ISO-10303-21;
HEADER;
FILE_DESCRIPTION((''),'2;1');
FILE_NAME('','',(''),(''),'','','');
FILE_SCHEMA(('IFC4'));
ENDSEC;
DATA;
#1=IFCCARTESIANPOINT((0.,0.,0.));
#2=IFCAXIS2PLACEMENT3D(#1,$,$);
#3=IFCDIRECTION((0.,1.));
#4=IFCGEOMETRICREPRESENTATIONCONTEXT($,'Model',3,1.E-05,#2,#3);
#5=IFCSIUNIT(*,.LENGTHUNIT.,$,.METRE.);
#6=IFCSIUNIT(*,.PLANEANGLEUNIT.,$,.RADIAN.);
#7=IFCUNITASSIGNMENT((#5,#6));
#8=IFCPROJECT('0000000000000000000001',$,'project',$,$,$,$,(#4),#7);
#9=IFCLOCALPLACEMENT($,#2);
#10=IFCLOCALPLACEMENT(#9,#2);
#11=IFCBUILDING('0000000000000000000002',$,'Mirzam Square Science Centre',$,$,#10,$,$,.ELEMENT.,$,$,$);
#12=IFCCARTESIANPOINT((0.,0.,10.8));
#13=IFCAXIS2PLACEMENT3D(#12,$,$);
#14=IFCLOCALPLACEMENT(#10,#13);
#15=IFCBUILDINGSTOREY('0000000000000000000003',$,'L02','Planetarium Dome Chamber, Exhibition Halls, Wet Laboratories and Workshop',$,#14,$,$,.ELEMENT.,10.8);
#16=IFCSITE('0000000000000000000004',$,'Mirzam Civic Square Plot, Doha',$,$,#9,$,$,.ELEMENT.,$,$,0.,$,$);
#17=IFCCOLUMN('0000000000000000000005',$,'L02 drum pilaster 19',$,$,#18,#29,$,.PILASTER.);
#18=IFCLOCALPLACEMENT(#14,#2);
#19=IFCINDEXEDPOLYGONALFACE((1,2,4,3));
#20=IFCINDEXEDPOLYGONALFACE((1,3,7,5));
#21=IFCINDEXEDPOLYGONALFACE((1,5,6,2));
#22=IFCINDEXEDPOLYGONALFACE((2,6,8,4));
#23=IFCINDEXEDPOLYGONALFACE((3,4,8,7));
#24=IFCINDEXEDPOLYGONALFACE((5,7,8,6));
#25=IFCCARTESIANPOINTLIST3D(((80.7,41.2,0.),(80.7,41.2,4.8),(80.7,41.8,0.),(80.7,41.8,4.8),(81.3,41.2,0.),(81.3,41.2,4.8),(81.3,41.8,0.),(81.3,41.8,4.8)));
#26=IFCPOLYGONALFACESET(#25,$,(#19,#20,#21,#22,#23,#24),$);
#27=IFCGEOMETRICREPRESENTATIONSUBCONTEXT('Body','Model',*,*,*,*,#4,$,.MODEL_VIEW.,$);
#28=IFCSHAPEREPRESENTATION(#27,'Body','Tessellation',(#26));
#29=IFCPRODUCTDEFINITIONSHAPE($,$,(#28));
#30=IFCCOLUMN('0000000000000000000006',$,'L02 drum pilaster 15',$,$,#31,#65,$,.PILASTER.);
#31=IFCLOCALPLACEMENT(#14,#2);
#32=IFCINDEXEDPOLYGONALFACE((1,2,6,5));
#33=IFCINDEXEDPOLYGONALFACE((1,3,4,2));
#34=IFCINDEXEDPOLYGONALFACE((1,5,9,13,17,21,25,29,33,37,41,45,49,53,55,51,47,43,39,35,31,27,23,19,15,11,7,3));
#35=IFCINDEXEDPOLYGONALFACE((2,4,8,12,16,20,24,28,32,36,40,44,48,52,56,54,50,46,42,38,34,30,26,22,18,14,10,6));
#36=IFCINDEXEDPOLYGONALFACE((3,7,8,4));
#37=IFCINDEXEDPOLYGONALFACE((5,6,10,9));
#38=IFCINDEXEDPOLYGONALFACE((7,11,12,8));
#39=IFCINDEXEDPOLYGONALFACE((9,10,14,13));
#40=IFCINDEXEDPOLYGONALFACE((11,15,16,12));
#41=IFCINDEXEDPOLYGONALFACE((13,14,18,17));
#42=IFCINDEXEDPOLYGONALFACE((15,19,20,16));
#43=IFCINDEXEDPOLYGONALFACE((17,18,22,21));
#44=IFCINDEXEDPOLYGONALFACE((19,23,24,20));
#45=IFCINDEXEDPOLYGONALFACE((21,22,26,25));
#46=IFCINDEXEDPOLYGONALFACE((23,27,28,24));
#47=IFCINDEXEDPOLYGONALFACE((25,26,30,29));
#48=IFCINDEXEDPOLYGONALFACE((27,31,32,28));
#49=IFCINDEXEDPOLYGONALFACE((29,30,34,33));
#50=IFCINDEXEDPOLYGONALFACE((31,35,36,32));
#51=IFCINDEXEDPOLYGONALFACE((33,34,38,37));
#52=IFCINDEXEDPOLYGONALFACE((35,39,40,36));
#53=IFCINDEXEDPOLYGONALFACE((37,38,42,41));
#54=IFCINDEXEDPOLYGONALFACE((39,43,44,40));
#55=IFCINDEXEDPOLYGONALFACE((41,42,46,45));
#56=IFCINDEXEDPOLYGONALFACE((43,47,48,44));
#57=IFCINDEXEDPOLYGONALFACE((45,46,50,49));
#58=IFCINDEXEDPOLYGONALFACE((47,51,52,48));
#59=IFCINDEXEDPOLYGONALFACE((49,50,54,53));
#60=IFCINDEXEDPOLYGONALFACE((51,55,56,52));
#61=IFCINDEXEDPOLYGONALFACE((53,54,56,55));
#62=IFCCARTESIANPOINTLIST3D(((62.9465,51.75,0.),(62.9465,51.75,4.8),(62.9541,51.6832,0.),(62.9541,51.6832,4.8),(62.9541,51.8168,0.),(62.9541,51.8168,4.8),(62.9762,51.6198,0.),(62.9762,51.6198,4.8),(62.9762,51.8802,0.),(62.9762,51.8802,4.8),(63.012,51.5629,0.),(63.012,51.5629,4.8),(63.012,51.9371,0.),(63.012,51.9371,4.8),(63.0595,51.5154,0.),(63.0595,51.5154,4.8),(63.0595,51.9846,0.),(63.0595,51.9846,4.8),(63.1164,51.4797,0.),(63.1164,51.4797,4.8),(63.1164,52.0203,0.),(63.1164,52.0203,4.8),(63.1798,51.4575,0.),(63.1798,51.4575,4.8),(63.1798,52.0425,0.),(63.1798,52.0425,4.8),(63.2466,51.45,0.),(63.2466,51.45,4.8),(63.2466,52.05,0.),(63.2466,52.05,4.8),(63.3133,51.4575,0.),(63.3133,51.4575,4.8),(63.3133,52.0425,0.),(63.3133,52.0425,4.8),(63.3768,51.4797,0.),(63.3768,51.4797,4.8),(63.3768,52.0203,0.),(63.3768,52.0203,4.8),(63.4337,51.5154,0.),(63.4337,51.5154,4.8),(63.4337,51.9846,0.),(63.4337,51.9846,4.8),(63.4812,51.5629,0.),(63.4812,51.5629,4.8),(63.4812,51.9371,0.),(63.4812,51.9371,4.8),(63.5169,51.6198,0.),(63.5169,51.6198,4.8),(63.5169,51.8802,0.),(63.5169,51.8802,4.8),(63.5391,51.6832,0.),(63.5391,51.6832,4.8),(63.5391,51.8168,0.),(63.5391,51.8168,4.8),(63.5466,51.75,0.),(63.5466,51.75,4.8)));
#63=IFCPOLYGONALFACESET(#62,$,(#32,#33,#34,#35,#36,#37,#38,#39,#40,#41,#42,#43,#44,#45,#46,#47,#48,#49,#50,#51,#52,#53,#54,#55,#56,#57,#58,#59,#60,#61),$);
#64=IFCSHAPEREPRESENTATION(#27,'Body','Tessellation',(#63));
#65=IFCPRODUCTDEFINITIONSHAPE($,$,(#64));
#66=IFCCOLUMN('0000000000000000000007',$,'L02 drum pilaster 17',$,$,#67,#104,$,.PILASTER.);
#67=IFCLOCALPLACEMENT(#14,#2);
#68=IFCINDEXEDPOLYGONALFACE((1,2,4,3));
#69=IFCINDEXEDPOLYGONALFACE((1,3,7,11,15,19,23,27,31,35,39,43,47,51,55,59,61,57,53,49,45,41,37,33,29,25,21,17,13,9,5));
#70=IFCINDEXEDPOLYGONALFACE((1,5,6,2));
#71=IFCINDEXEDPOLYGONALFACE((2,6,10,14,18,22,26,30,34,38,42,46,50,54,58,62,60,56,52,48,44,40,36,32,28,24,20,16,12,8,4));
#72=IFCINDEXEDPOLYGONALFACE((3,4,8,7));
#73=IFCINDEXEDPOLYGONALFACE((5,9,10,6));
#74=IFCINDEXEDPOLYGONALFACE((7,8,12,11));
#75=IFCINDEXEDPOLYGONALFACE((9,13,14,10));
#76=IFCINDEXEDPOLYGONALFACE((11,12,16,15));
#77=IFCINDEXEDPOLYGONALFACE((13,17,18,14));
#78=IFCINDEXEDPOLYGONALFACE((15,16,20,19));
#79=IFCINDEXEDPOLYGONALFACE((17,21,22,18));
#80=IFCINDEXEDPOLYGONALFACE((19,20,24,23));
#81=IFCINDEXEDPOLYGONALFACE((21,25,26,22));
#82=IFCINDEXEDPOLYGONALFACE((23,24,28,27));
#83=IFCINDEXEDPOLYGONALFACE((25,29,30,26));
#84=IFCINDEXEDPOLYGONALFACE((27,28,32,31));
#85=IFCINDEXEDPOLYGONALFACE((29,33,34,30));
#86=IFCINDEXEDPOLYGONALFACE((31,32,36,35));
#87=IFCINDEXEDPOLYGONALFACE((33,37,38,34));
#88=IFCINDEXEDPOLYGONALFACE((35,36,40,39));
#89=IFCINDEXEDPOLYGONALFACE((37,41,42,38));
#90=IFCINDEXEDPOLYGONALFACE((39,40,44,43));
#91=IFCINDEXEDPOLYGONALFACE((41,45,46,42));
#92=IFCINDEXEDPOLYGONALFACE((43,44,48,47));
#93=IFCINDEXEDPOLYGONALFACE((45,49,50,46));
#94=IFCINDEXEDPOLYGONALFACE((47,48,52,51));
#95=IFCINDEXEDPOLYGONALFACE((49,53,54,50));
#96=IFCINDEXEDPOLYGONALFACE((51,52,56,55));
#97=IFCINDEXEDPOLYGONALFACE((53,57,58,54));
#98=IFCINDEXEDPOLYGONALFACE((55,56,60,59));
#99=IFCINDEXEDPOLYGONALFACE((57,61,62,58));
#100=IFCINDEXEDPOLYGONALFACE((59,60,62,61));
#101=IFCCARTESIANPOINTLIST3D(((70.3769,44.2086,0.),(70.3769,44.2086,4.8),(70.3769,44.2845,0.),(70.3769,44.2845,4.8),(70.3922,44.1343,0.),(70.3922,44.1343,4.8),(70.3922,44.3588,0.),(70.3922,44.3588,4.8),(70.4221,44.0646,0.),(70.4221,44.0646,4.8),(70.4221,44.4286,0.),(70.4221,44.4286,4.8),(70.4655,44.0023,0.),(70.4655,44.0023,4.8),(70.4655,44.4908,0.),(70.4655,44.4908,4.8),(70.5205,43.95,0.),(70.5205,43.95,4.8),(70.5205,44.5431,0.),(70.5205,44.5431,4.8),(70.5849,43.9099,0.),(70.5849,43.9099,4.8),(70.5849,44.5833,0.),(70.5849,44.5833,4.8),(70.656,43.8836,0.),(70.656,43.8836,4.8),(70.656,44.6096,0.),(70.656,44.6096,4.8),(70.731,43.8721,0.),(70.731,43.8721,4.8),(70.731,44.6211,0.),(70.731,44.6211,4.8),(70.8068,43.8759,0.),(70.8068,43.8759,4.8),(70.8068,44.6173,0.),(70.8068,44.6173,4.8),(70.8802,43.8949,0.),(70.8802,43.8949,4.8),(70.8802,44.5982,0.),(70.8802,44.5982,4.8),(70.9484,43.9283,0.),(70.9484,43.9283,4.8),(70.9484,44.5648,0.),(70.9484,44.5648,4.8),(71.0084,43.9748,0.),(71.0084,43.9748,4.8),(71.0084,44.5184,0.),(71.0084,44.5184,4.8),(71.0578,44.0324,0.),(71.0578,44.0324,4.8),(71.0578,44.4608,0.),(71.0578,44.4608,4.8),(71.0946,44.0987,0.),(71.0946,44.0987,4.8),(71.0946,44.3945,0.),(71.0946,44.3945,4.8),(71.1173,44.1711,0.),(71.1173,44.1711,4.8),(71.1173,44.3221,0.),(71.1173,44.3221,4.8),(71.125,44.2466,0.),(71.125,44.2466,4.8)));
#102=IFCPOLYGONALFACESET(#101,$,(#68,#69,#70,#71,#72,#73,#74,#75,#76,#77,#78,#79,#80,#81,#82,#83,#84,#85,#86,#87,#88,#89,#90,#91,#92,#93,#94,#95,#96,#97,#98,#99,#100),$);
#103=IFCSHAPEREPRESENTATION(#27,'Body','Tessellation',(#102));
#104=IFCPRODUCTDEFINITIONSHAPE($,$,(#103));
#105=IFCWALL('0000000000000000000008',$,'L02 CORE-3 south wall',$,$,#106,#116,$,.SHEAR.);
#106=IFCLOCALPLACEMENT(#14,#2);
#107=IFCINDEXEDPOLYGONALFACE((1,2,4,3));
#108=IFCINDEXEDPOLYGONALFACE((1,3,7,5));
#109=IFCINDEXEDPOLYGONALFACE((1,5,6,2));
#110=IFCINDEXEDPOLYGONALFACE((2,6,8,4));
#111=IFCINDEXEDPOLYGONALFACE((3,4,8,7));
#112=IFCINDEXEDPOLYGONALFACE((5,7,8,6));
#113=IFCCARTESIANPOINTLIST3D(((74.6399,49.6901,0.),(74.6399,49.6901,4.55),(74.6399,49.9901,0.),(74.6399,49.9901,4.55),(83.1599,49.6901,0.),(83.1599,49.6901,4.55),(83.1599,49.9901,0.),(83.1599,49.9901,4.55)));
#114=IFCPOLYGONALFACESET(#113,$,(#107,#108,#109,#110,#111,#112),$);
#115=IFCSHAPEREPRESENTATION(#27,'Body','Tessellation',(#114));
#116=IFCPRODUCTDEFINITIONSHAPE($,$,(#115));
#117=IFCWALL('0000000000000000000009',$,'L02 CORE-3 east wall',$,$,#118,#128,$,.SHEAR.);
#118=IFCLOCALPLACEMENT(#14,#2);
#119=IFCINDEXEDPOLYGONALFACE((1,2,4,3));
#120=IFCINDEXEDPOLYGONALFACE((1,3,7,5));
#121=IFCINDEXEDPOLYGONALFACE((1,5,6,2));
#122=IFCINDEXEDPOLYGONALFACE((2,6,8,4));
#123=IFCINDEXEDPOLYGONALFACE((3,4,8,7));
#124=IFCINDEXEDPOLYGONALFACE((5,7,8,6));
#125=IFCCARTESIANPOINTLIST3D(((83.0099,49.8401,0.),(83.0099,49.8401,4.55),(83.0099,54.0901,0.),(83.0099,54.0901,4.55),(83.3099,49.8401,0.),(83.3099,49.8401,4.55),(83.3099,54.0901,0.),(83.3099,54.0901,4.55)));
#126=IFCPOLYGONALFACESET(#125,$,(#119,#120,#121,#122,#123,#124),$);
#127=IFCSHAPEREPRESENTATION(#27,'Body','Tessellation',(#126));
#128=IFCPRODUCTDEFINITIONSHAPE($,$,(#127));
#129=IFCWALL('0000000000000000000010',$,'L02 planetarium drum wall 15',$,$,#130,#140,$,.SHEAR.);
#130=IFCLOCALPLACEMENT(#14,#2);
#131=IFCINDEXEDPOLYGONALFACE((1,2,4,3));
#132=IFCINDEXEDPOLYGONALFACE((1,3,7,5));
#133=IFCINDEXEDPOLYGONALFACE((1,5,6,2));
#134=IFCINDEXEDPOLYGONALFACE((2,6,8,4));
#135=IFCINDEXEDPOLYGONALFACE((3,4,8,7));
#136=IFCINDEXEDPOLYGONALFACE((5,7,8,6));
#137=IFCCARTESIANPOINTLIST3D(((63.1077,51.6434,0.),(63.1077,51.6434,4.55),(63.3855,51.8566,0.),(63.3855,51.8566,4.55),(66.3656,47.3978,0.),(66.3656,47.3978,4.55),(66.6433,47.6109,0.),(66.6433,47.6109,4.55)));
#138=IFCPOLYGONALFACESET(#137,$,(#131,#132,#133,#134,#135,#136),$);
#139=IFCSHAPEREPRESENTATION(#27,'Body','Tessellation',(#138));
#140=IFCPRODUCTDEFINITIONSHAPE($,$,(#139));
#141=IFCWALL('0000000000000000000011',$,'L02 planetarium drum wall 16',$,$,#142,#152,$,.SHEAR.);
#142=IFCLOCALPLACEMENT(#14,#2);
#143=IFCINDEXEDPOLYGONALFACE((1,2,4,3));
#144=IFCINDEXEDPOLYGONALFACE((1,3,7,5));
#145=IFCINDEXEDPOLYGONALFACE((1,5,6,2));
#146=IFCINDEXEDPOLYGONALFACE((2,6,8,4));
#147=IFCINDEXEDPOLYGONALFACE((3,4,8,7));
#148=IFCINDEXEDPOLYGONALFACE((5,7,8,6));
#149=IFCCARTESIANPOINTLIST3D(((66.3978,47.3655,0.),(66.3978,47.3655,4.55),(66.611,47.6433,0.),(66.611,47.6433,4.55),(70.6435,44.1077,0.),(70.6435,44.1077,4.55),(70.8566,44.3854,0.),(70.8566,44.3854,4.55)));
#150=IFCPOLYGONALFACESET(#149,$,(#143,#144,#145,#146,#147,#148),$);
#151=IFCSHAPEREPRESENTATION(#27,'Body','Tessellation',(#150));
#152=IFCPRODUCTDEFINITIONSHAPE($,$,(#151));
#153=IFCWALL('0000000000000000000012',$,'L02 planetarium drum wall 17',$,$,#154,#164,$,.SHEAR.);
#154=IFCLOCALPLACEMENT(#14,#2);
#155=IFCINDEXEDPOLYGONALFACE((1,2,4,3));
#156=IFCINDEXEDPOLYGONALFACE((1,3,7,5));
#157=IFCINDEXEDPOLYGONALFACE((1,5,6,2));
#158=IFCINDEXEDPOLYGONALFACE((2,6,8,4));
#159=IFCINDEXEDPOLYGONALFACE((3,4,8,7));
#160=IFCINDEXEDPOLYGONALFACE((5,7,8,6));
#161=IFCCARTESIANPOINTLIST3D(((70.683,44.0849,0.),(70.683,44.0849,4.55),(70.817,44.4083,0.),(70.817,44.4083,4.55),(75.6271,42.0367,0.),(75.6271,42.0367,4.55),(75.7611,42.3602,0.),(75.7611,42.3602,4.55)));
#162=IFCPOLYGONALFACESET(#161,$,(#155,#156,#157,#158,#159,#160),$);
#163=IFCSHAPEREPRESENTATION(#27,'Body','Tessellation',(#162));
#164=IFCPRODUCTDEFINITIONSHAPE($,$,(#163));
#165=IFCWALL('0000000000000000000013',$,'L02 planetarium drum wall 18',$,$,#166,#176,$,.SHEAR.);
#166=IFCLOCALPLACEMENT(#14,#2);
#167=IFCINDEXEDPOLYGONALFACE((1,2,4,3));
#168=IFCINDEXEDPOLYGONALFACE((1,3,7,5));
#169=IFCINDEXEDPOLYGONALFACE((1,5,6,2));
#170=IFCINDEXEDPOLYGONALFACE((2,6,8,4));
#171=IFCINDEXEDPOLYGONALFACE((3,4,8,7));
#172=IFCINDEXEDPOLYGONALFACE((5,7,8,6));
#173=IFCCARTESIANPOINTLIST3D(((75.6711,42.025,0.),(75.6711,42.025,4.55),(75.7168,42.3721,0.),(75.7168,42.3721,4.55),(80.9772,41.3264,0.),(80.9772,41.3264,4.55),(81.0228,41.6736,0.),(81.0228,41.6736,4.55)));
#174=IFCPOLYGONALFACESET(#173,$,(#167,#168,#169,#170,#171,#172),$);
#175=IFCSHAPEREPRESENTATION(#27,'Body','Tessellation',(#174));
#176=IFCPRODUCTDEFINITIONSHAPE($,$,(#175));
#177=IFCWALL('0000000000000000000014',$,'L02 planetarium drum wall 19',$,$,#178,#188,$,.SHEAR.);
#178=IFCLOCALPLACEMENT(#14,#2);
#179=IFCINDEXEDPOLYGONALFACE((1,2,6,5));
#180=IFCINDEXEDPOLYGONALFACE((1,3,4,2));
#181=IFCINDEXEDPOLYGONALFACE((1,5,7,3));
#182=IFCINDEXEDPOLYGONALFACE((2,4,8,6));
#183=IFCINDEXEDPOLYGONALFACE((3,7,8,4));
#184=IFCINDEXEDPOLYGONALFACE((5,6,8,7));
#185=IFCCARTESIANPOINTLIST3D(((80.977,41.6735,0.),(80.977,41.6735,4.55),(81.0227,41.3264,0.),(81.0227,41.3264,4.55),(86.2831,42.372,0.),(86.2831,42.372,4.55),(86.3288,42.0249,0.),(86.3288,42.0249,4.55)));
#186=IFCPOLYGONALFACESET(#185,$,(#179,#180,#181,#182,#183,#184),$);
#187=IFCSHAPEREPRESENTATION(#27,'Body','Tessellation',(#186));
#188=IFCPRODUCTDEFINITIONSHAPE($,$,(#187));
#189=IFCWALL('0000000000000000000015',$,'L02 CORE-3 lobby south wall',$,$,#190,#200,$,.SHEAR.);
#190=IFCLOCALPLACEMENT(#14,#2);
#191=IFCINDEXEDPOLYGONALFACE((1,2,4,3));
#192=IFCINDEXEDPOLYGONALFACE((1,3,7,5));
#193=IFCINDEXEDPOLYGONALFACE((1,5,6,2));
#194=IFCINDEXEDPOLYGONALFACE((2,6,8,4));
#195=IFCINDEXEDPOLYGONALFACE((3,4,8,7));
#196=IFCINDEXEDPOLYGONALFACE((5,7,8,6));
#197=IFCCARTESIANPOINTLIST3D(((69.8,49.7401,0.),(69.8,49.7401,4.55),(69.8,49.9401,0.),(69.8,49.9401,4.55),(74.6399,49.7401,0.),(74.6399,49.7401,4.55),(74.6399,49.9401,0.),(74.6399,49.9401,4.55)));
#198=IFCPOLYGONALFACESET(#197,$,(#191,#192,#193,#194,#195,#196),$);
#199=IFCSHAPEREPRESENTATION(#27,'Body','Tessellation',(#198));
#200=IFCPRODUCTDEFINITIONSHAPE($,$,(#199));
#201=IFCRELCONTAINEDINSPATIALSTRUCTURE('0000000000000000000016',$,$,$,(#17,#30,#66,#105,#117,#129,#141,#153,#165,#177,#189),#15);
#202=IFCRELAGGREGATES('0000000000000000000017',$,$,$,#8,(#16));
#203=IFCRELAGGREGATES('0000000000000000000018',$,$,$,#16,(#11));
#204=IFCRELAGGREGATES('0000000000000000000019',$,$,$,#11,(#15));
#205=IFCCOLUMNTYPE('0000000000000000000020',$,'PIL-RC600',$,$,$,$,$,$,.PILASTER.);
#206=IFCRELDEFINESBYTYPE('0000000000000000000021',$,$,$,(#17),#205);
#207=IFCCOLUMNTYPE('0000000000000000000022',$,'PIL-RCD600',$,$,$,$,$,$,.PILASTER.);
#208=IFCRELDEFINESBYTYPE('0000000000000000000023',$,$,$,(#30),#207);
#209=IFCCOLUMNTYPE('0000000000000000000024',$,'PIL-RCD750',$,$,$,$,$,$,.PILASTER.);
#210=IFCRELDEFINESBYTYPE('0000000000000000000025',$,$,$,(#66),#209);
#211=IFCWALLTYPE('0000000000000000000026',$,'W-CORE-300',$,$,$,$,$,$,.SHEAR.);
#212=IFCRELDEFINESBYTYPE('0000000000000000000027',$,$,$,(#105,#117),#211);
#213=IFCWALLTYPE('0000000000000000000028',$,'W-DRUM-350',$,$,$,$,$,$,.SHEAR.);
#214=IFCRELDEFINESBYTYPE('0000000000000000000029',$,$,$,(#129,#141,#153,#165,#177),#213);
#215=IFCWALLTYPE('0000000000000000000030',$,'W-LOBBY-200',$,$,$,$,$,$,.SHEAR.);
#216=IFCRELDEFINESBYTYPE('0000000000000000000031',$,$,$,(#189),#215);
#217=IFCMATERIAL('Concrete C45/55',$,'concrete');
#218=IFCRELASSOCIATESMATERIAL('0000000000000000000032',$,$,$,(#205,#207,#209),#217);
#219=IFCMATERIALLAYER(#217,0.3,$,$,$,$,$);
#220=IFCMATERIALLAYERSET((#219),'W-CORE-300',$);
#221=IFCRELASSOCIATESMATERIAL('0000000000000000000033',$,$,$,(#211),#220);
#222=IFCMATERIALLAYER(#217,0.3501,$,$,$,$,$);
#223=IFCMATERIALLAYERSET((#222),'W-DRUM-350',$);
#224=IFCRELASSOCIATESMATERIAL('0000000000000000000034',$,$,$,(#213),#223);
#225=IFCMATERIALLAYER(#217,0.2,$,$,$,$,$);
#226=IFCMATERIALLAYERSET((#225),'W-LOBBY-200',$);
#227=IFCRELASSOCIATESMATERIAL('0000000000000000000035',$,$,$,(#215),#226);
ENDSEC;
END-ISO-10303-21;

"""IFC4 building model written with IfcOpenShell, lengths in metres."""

from ifc_helpers import new_model, si_unit, direction, frame, frame_2d, origin, origin_2d, place, context, subcontext, project, spatial, rectangle, circle, extrude, material, layer, layer_set, material_profile, profile_set, type_object, element, save


model = new_model("IFC4")

# Units and contexts
model_context = context("Model", 3, precision=1e-05, world=origin(), true_north=direction((0.0, 1.0)))
body_context = subcontext(model_context, "Body", "Model", "MODEL_VIEW")
ifc_project = project(units=[si_unit("LENGTHUNIT", "METRE"), si_unit("PLANEANGLEUNIT", "RADIAN")], contexts=[model_context])

# Site, building, storey
site_placement = place(None, origin())
site = spatial("IfcSite", under=ifc_project, at=site_placement, Name="Mirzam Civic Square Plot, Doha", CompositionType="ELEMENT", RefElevation=0.0)
building_placement = place(site_placement, origin())
building = spatial("IfcBuilding", under=site, at=building_placement, Name="Mirzam Square Science Centre", CompositionType="ELEMENT")
storey_placement = place(building_placement, frame((0.0, 0.0, 10.8)))
storey = spatial("IfcBuildingStorey", under=building, at=storey_placement, Name="L02", Description="Planetarium Dome Chamber, Exhibition Halls, Wet Laboratories and Workshop", CompositionType="ELEMENT", Elevation=10.8)

# Columns
ifc_material_1 = material(Name="Concrete C45/55", Category="concrete")
ifc_material_profile_1 = material_profile(ifc_material_1, rectangle(XDim=0.6001, YDim=0.6001, at=origin_2d()), Name="RC600x600")
ifc_profile_set_1 = profile_set([ifc_material_profile_1], Name="Concrete C45/55")
column_type_1 = type_object("IfcColumnType", Name="PIL-RC600", PredefinedType="PILASTER", material=ifc_profile_set_1)
column_1_placement = place(storey_placement, frame((81.0, 41.5, 0.0), z_axis=(0.0, 0.0, 1.0), x_axis=(1.0, 0.0, 0.0)))
element("IfcColumn", 1, at=column_1_placement, inside=storey, type_object=column_type_1, Name="L02 drum pilaster 19", PredefinedType="PILASTER", context=body_context, shape_type="SweptSolid", body=[
    extrude(rectangle(XDim=0.6001, YDim=0.6001, at=origin_2d()), origin(), (0.0, 0.0, 1.0), 4.8),
])
ifc_material_profile_2 = material_profile(ifc_material_1, circle(Radius=0.3, at=origin_2d()), Name="RCD600")
ifc_profile_set_2 = profile_set([ifc_material_profile_2], Name="Concrete C45/55")
column_type_2 = type_object("IfcColumnType", Name="PIL-RCD600", PredefinedType="PILASTER", material=ifc_profile_set_2)
column_2_placement = place(storey_placement, frame((63.2466, 51.75, 0.0), z_axis=(0.0, 0.0, 1.0), x_axis=(1.0, 0.0, 0.0)))
element("IfcColumn", 2, at=column_2_placement, inside=storey, type_object=column_type_2, Name="L02 drum pilaster 15", PredefinedType="PILASTER", context=body_context, shape_type="SweptSolid", body=[
    extrude(circle(Radius=0.3, at=origin_2d()), origin(), (0.0, 0.0, 1.0), 4.8),
])
ifc_material_profile_3 = material_profile(ifc_material_1, circle(Radius=0.375, at=origin_2d()), Name="RCD750")
ifc_profile_set_3 = profile_set([ifc_material_profile_3], Name="Concrete C45/55")
column_type_3 = type_object("IfcColumnType", Name="PIL-RCD750", PredefinedType="PILASTER", material=ifc_profile_set_3)
column_3_placement = place(storey_placement, frame((70.75, 44.2466, 0.0), z_axis=(0.0, 0.0, 1.0), x_axis=(1.0, 0.0, 0.0)))
element("IfcColumn", 3, at=column_3_placement, inside=storey, type_object=column_type_3, Name="L02 drum pilaster 17", PredefinedType="PILASTER", context=body_context, shape_type="SweptSolid", body=[
    extrude(circle(Radius=0.375, at=origin_2d()), origin(), (0.0, 0.0, 1.0), 4.8),
])

# Walls
ifc_layer_1 = layer(ifc_material_1, 0.3)
ifc_layer_set_1 = layer_set([ifc_layer_1], Name="W-CORE-300")
wall_type_1 = type_object("IfcWallType", Name="W-CORE-300", PredefinedType="SHEAR", material=ifc_layer_set_1)
wall_1_placement = place(storey_placement, frame((74.6399, 49.8401, 0.0), z_axis=(0.0, 0.0, 1.0), x_axis=(1.0, 0.0, 0.0)))
element("IfcWall", 4, at=wall_1_placement, inside=storey, type_object=wall_type_1, Name="L02 CORE-3 south wall", PredefinedType="SHEAR", context=body_context, shape_type="SweptSolid", body=[
    extrude(rectangle(XDim=8.52, YDim=0.3, at=frame_2d((4.26, 0.0))), origin(), (0.0, 0.0, 1.0), 4.55),
])
wall_2_placement = place(storey_placement, frame((83.1599, 49.8401, 0.0), z_axis=(0.0, 0.0, 1.0), x_axis=(0.0, 1.0, 0.0)))
element("IfcWall", 5, at=wall_2_placement, inside=storey, type_object=wall_type_1, Name="L02 CORE-3 east wall", PredefinedType="SHEAR", context=body_context, shape_type="SweptSolid", body=[
    extrude(rectangle(XDim=4.25, YDim=0.3, at=frame_2d((2.125, 0.0))), origin(), (0.0, 0.0, 1.0), 4.55),
])
ifc_layer_2 = layer(ifc_material_1, 0.3501)
ifc_layer_set_2 = layer_set([ifc_layer_2], Name="W-DRUM-350")
wall_type_2 = type_object("IfcWallType", Name="W-DRUM-350", PredefinedType="SHEAR", material=ifc_layer_set_2)
for number, where, z_axis, x_axis, name in (
    (6, (63.2466, 51.75, 0.0), (0.0, 0.0, 1.0), (0.608767, -0.793349, 0.0), "L02 planetarium drum wall 15"),
    (7, (66.5044, 47.5044, 0.0), (0.0, 0.0, 1.0), (0.793349, -0.608767, 0.0), "L02 planetarium drum wall 16"),
    (8, (70.75, 44.2466, 0.0), (0.0, 0.0, 1.0), (0.923867, -0.382713, 0.0), "L02 planetarium drum wall 17"),
):
    element("IfcWall", number, at=place(storey_placement, frame(where, z_axis=z_axis, x_axis=x_axis)), inside=storey, type_object=wall_type_2, Name=name, PredefinedType="SHEAR", context=body_context, shape_type="SweptSolid", body=[
        extrude(rectangle(XDim=5.3516, YDim=0.3501, at=frame_2d((2.6758, 0.0))), origin(), (0.0, 0.0, 1.0), 4.55),
    ])
for number, where, z_axis, x_axis, name in (
    (9, (75.6941, 42.1985, 0.0), (0.0, 0.0, 1.0), (0.991446, -0.130517, 0.0), "L02 planetarium drum wall 18"),
    (10, (81.0, 41.5, 0.0), (0.0, 0.0, 1.0), (0.991446, 0.130517, 0.0), "L02 planetarium drum wall 19"),
):
    element("IfcWall", number, at=place(storey_placement, frame(where, z_axis=z_axis, x_axis=x_axis)), inside=storey, type_object=wall_type_2, Name=name, PredefinedType="SHEAR", context=body_context, shape_type="SweptSolid", body=[
        extrude(rectangle(XDim=5.3518, YDim=0.3501, at=frame_2d((2.6758, 0.0))), origin(), (0.0, 0.0, 1.0), 4.55),
    ])
ifc_layer_3 = layer(ifc_material_1, 0.2)
ifc_layer_set_3 = layer_set([ifc_layer_3], Name="W-LOBBY-200")
wall_type_3 = type_object("IfcWallType", Name="W-LOBBY-200", PredefinedType="SHEAR", material=ifc_layer_set_3)
wall_3_placement = place(storey_placement, frame((69.8, 49.8401, 0.0), z_axis=(0.0, 0.0, 1.0), x_axis=(1.0, 0.0, 0.0)))
element("IfcWall", 11, at=wall_3_placement, inside=storey, type_object=wall_type_3, Name="L02 CORE-3 lobby south wall", PredefinedType="SHEAR", context=body_context, shape_type="SweptSolid", body=[
    extrude(rectangle(XDim=4.8398, YDim=0.2, at=frame_2d((2.4199, 0.0))), origin(), (0.0, 0.0, 1.0), 4.55),
])

save(model, "model.ifc")
